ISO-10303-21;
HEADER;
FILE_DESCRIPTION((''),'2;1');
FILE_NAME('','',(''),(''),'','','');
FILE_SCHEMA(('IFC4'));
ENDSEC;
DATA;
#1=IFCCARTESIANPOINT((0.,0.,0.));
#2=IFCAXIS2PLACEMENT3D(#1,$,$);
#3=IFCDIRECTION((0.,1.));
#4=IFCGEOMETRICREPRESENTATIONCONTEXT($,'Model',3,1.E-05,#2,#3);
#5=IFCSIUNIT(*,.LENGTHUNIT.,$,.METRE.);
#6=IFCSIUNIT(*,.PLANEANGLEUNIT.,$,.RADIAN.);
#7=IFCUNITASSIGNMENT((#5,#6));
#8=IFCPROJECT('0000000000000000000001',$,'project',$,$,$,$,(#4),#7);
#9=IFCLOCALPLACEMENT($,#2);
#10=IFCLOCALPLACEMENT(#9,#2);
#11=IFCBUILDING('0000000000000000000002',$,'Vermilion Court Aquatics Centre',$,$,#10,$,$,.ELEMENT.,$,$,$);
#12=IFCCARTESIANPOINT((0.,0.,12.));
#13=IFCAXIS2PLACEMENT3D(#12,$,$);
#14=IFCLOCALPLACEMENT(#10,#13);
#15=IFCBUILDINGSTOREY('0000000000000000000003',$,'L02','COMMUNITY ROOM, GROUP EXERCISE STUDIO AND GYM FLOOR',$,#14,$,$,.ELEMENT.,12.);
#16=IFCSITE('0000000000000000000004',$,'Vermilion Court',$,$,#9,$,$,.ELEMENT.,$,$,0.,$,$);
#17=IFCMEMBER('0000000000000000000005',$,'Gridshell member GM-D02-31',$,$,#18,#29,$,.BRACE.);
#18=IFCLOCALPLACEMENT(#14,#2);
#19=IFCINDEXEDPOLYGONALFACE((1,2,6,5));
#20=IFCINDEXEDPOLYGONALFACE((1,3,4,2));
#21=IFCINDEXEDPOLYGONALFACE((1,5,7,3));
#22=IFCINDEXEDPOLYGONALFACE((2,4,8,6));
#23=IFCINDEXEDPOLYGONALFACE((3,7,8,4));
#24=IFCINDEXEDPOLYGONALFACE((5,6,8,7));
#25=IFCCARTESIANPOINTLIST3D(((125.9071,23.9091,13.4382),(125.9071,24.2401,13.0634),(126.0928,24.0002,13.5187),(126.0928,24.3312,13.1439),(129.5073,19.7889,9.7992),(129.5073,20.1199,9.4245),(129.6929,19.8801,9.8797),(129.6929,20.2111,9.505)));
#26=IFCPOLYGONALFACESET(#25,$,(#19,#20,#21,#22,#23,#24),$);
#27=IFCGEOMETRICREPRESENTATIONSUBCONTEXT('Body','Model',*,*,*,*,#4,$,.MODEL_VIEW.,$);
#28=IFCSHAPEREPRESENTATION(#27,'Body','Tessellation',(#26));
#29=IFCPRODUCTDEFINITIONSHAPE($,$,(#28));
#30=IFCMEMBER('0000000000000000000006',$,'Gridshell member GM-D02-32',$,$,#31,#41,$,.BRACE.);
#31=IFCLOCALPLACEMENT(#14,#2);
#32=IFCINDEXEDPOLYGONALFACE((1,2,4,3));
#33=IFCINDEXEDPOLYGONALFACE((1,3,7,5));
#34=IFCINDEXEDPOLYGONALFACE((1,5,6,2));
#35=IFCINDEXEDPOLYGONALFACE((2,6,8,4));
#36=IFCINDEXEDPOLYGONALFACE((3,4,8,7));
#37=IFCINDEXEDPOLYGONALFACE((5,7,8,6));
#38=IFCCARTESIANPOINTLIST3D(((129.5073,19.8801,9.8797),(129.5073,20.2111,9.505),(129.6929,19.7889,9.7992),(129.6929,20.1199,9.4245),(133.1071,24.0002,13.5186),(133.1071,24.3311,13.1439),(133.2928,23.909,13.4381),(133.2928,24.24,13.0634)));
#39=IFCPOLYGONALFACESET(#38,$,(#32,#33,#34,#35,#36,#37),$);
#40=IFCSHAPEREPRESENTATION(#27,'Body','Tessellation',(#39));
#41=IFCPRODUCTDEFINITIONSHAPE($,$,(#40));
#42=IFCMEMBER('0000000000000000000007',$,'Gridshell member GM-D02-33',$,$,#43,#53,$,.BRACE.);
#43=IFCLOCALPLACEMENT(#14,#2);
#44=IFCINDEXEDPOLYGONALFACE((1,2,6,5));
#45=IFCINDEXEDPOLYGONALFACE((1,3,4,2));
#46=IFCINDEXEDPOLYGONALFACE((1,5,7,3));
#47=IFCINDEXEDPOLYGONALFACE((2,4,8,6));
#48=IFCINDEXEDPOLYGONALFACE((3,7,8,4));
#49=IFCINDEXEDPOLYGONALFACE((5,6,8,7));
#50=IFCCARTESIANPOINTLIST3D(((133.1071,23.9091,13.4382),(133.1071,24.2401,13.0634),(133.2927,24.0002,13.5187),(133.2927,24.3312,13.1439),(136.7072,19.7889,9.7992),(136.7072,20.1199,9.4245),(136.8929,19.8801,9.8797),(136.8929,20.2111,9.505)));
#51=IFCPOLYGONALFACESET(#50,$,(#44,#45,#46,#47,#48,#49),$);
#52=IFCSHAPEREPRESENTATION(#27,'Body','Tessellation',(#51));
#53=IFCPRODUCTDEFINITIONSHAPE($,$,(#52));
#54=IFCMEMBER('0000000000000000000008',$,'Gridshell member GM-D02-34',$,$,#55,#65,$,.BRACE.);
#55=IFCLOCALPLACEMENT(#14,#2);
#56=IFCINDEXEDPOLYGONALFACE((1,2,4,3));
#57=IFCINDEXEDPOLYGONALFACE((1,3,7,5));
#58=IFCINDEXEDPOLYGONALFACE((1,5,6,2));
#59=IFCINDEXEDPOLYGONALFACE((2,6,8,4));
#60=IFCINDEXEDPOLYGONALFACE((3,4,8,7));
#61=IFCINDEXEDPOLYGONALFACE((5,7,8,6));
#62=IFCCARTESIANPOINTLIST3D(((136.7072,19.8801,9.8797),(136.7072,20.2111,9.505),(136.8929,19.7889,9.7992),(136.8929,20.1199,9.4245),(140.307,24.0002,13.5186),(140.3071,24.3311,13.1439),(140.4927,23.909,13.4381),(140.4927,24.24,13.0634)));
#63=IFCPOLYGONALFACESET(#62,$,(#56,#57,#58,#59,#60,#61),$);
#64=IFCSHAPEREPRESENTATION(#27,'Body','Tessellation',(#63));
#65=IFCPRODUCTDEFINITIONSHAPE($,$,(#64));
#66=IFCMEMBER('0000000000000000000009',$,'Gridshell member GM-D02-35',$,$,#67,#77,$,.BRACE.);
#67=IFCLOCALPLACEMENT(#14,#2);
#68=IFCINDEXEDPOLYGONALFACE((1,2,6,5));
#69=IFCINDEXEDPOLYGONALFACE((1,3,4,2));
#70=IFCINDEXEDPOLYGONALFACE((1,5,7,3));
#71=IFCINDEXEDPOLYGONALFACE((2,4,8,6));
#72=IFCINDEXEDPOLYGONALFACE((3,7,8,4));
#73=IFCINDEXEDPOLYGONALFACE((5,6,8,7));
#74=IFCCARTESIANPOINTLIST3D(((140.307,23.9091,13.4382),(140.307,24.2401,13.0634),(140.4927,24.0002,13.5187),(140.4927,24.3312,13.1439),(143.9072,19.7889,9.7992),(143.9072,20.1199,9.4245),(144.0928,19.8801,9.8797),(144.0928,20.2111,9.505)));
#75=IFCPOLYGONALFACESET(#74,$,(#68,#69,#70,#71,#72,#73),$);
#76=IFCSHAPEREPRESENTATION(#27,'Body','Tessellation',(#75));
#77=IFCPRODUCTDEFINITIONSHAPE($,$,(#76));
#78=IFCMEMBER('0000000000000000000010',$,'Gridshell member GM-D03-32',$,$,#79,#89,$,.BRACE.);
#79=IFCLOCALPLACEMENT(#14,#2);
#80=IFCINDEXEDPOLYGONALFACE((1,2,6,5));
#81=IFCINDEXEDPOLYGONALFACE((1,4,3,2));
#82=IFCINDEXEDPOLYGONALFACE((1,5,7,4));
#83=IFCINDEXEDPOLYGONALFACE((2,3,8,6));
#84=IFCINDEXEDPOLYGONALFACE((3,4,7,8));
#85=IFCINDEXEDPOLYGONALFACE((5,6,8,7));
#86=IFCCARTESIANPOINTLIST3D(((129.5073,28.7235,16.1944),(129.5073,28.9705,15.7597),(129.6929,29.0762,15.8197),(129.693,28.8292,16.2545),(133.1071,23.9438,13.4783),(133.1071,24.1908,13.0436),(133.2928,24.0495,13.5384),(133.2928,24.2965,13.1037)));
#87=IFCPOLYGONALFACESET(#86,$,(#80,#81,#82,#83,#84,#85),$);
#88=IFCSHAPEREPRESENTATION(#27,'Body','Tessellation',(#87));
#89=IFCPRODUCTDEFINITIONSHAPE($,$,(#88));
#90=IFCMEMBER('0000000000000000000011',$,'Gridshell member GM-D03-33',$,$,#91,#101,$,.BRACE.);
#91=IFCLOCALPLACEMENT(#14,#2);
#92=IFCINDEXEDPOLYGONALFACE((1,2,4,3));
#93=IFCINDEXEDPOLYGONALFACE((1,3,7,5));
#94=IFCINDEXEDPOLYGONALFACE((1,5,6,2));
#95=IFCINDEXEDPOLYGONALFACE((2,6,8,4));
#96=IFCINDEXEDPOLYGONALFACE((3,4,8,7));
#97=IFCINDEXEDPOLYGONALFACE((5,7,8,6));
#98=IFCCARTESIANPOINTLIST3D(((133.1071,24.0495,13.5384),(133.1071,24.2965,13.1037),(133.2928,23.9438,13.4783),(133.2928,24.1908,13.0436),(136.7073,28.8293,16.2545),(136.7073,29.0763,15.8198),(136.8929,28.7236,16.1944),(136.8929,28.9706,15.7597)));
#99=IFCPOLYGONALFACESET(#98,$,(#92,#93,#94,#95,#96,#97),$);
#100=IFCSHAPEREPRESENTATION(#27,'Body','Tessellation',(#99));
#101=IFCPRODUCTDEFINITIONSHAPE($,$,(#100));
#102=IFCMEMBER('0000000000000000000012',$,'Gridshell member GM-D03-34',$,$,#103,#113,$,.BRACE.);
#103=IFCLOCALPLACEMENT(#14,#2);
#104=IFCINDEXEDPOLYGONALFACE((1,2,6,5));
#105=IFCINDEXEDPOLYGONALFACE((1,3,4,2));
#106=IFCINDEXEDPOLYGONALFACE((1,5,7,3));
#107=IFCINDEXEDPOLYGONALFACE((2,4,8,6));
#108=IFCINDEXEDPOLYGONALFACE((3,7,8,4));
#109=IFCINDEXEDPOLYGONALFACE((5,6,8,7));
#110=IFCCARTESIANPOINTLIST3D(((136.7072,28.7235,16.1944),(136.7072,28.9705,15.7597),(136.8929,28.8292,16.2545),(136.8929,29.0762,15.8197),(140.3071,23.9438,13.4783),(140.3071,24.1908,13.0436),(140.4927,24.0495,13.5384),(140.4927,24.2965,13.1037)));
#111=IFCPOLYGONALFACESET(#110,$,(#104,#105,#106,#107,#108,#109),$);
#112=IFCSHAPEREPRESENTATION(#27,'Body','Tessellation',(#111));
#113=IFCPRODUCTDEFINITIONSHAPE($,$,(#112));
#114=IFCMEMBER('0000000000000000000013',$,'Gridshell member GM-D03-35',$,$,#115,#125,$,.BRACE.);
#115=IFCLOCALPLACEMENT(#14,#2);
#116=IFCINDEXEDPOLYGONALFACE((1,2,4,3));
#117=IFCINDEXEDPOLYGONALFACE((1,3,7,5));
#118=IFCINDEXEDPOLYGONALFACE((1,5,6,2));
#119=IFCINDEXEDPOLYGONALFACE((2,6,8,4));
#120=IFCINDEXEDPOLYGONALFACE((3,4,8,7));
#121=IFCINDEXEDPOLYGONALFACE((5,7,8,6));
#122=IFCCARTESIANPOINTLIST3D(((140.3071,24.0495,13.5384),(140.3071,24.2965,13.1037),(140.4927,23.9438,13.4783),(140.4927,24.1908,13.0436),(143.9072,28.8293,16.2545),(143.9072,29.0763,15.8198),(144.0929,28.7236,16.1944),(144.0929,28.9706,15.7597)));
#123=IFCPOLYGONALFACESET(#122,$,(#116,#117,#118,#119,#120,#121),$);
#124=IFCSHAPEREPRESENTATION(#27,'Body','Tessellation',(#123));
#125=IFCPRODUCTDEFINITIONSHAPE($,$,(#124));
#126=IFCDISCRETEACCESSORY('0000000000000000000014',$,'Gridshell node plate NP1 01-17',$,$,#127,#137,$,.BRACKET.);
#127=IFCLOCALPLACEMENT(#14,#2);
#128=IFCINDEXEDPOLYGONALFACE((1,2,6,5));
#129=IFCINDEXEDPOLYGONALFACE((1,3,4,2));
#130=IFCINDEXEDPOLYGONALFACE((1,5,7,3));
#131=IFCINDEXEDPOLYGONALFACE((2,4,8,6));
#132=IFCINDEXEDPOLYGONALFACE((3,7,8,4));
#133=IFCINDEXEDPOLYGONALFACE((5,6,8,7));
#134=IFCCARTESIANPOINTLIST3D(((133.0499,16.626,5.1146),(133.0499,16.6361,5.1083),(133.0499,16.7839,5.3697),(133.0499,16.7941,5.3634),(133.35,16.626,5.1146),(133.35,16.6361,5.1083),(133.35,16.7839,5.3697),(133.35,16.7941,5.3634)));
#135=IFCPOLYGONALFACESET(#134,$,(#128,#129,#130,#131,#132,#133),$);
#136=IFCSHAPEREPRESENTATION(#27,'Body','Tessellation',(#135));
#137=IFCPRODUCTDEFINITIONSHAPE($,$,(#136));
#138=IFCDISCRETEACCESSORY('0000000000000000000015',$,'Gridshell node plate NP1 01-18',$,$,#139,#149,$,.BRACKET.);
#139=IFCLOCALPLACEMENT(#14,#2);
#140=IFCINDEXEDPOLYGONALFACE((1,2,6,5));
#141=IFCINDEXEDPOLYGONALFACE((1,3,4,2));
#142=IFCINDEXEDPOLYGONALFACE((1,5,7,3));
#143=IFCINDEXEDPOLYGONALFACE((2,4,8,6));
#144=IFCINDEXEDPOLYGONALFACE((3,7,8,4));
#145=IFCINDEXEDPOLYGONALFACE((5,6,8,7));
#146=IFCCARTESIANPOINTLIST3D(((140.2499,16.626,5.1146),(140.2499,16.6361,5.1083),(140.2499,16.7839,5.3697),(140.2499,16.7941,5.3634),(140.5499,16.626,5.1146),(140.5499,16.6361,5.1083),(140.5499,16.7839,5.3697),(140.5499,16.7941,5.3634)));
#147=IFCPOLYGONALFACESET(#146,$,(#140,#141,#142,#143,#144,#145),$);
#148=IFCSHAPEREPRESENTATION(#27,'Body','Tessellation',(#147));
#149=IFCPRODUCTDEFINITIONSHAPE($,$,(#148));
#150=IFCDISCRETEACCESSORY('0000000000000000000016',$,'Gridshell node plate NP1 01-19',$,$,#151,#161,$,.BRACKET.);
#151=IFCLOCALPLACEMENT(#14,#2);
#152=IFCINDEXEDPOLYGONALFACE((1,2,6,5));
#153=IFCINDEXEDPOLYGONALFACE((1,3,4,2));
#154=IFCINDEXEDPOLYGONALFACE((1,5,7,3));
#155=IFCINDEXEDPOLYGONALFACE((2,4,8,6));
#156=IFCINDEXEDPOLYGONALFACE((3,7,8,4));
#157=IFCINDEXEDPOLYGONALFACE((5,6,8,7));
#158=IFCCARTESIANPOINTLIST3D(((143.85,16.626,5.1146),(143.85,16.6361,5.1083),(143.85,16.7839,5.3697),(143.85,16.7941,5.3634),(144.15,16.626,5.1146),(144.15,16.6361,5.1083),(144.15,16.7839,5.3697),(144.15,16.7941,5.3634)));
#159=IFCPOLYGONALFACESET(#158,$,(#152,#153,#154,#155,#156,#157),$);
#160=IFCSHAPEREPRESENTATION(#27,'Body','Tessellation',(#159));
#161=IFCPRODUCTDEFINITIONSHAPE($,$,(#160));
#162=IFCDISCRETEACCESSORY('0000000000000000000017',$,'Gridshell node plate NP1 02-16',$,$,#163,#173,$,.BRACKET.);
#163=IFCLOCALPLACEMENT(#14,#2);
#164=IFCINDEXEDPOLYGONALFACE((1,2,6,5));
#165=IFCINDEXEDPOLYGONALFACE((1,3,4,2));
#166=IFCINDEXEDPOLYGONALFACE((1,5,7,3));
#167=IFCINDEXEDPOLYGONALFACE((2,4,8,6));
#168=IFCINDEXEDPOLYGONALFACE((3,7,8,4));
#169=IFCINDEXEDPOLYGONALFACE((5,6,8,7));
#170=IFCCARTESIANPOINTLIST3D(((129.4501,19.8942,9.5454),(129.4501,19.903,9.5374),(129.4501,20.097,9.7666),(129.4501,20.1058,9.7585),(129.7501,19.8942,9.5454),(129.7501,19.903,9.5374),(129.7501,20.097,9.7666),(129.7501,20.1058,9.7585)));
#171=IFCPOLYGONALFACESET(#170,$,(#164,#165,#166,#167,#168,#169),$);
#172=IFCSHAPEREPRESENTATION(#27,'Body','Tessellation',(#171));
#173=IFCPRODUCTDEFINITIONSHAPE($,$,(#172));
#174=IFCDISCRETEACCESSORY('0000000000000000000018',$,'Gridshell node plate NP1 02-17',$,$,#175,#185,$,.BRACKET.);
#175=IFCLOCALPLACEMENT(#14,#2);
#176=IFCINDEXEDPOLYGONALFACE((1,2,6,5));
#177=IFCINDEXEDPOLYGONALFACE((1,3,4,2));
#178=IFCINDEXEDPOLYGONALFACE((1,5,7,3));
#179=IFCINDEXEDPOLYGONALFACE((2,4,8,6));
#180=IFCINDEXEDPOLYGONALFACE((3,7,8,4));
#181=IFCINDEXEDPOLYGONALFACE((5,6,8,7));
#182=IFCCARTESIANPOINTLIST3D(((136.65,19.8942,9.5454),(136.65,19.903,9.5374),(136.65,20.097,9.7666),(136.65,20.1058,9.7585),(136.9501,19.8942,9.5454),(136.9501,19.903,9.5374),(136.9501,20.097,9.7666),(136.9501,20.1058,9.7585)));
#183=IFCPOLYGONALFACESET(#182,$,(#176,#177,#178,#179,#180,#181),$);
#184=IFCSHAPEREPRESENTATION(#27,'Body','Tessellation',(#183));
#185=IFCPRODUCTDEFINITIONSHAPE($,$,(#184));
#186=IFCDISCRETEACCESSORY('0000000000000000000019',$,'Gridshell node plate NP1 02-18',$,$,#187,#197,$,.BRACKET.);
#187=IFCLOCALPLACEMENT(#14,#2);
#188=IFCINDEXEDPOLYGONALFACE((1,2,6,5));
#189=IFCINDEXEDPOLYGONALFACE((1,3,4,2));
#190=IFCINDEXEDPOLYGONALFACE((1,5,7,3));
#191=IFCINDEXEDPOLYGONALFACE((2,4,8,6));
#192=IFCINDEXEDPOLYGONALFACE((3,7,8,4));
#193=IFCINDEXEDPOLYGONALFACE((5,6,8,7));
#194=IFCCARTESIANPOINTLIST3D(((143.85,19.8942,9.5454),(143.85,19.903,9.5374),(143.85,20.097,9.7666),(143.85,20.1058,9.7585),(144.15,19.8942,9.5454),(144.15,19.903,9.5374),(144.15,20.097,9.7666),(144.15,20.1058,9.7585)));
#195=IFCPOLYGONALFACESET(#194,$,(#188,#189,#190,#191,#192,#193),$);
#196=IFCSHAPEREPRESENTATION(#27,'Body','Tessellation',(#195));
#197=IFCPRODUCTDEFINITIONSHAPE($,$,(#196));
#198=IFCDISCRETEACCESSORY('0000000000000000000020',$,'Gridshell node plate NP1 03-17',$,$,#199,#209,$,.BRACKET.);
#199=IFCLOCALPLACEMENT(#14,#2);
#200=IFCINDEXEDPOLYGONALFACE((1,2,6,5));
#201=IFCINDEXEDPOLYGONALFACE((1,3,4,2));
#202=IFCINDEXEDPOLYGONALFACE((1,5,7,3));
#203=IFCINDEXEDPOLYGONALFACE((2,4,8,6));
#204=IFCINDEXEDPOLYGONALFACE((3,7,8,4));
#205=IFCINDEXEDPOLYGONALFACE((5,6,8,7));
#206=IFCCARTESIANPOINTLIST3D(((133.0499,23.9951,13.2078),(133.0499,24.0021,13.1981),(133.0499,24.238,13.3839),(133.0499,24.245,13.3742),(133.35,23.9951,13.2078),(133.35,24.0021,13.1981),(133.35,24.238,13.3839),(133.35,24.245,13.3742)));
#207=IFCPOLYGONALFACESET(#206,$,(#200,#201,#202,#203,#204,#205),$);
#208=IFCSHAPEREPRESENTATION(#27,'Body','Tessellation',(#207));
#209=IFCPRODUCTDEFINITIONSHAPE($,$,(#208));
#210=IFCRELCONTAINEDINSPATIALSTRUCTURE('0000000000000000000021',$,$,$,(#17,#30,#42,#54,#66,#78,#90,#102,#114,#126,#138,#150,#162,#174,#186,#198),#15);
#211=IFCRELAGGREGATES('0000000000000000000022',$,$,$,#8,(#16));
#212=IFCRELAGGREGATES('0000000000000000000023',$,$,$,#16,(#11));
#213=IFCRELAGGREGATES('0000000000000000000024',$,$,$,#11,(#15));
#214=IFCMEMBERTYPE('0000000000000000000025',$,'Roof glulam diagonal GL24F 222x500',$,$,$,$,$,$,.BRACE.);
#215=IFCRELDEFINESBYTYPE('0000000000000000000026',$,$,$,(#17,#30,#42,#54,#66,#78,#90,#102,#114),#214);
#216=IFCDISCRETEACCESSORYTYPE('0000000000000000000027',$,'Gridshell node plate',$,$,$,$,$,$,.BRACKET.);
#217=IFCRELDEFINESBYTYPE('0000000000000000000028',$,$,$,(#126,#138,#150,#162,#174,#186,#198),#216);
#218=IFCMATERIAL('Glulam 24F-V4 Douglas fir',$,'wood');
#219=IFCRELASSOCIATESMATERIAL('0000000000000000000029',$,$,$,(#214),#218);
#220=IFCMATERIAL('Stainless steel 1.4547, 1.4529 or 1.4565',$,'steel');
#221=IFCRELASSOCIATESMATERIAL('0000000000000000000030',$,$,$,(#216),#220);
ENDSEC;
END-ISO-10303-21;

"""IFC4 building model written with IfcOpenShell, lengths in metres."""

from ifc_helpers import new_model, si_unit, direction, frame, origin, origin_2d, place, context, subcontext, project, spatial, rectangle, extrude, material, material_profile, profile_set, type_object, element, save


model = new_model("IFC4")

# Units and contexts
model_context = context("Model", 3, precision=1e-05, world=origin(), true_north=direction((0.0, 1.0)))
body_context = subcontext(model_context, "Body", "Model", "MODEL_VIEW")
ifc_project = project(units=[si_unit("LENGTHUNIT", "METRE"), si_unit("PLANEANGLEUNIT", "RADIAN")], contexts=[model_context])

# Site, building, storey
site_placement = place(None, origin())
site = spatial("IfcSite", under=ifc_project, at=site_placement, Name="Vermilion Court", CompositionType="ELEMENT", RefElevation=0.0)
building_placement = place(site_placement, origin())
building = spatial("IfcBuilding", under=site, at=building_placement, Name="Vermilion Court Aquatics Centre", CompositionType="ELEMENT")
storey_placement = place(building_placement, frame((0.0, 0.0, 12.0)))
storey = spatial("IfcBuildingStorey", under=building, at=storey_placement, Name="L02", Description="COMMUNITY ROOM, GROUP EXERCISE STUDIO AND GYM FLOOR", CompositionType="ELEMENT", Elevation=12.0)

# Members
ifc_material_1 = material(Name="Glulam 24F-V4 Douglas fir", Category="wood")
ifc_material_profile_1 = material_profile(ifc_material_1, rectangle(XDim=0.2219, YDim=0.5, at=origin_2d()), Name="GL24F 222x500")
ifc_profile_set_1 = profile_set([ifc_material_profile_1], Name="Glulam 24F-V4 Douglas fir")
member_type_1 = type_object("IfcMemberType", Name="Roof glulam diagonal GL24F 222x500", PredefinedType="BRACE", material=ifc_profile_set_1)
member_1_placement = place(storey_placement, frame((129.6001, 20.0, 9.6521), z_axis=(-0.547878, 0.627017, 0.553786), x_axis=(-0.836558, -0.410664, -0.362664)))
element("IfcMember", 1, at=member_1_placement, inside=storey, type_object=member_type_1, Name="Gridshell member GM-D02-31", PredefinedType="BRACE", context=body_context, shape_type="SweptSolid", body=[
    extrude(rectangle(XDim=0.2219, YDim=0.5, at=origin_2d()), origin(), (0.0, 0.0, 1.0), 6.571),
])
member_2_placement = place(storey_placement, frame((129.6001, 20.0, 9.6521), z_axis=(0.547852, 0.62703, 0.553797), x_axis=(-0.836575, 0.410632, 0.362661)))
element("IfcMember", 2, at=member_2_placement, inside=storey, type_object=member_type_1, Name="Gridshell member GM-D02-32", PredefinedType="BRACE", context=body_context, shape_type="SweptSolid", body=[
    extrude(rectangle(XDim=0.2219, YDim=0.5, at=origin_2d()), origin(), (0.0, 0.0, 1.0), 6.5708),
])
member_3_placement = place(storey_placement, frame((136.8, 20.0, 9.6521), z_axis=(-0.547878, 0.627017, 0.553786), x_axis=(-0.836558, -0.410664, -0.362664)))
element("IfcMember", 3, at=member_3_placement, inside=storey, type_object=member_type_1, Name="Gridshell member GM-D02-33", PredefinedType="BRACE", context=body_context, shape_type="SweptSolid", body=[
    extrude(rectangle(XDim=0.2219, YDim=0.5, at=origin_2d()), origin(), (0.0, 0.0, 1.0), 6.571),
])
member_4_placement = place(storey_placement, frame((136.8, 20.0, 9.6521), z_axis=(0.547852, 0.62703, 0.553797), x_axis=(-0.836575, 0.410632, 0.362661)))
element("IfcMember", 4, at=member_4_placement, inside=storey, type_object=member_type_1, Name="Gridshell member GM-D02-34", PredefinedType="BRACE", context=body_context, shape_type="SweptSolid", body=[
    extrude(rectangle(XDim=0.2219, YDim=0.5, at=origin_2d()), origin(), (0.0, 0.0, 1.0), 6.5708),
])
member_5_placement = place(storey_placement, frame((144.0, 20.0, 9.6521), z_axis=(-0.547878, 0.627017, 0.553786), x_axis=(-0.836558, -0.410664, -0.362664)))
element("IfcMember", 5, at=member_5_placement, inside=storey, type_object=member_type_1, Name="Gridshell member GM-D02-35", PredefinedType="BRACE", context=body_context, shape_type="SweptSolid", body=[
    extrude(rectangle(XDim=0.2219, YDim=0.5, at=origin_2d()), origin(), (0.0, 0.0, 1.0), 6.571),
])
member_6_placement = place(storey_placement, frame((133.2, 24.1201, 13.291), z_axis=(-0.547813, 0.72737, 0.413321), x_axis=(-0.836601, -0.476303, -0.270618)))
element("IfcMember", 6, at=member_6_placement, inside=storey, type_object=member_type_1, Name="Gridshell member GM-D03-32", PredefinedType="BRACE", context=body_context, shape_type="SweptSolid", body=[
    extrude(rectangle(XDim=0.2219, YDim=0.5, at=origin_2d()), origin(), (0.0, 0.0, 1.0), 6.5713),
])
member_7_placement = place(storey_placement, frame((133.2, 24.1201, 13.291), z_axis=(0.547839, 0.727355, 0.413312), x_axis=(-0.836584, 0.476332, 0.27062)))
element("IfcMember", 7, at=member_7_placement, inside=storey, type_object=member_type_1, Name="Gridshell member GM-D03-33", PredefinedType="BRACE", context=body_context, shape_type="SweptSolid", body=[
    extrude(rectangle(XDim=0.2219, YDim=0.5, at=origin_2d()), origin(), (0.0, 0.0, 1.0), 6.5715),
])
member_8_placement = place(storey_placement, frame((140.3999, 24.1201, 13.291), z_axis=(-0.547813, 0.72737, 0.413321), x_axis=(-0.836601, -0.476303, -0.270618)))
element("IfcMember", 8, at=member_8_placement, inside=storey, type_object=member_type_1, Name="Gridshell member GM-D03-34", PredefinedType="BRACE", context=body_context, shape_type="SweptSolid", body=[
    extrude(rectangle(XDim=0.2219, YDim=0.5, at=origin_2d()), origin(), (0.0, 0.0, 1.0), 6.5713),
])
member_9_placement = place(storey_placement, frame((140.3999, 24.1201, 13.291), z_axis=(0.547839, 0.727355, 0.413312), x_axis=(-0.836584, 0.476332, 0.27062)))
element("IfcMember", 9, at=member_9_placement, inside=storey, type_object=member_type_1, Name="Gridshell member GM-D03-35", PredefinedType="BRACE", context=body_context, shape_type="SweptSolid", body=[
    extrude(rectangle(XDim=0.2219, YDim=0.5, at=origin_2d()), origin(), (0.0, 0.0, 1.0), 6.5715),
])

# Discrete accessories
ifc_material_2 = material(Name="Stainless steel 1.4547, 1.4529 or 1.4565", Category="steel")
ifc_material_profile_2 = material_profile(ifc_material_2, rectangle(XDim=0.3, YDim=0.3, at=origin_2d()), Name="PL 12 x 300 x 300")
ifc_profile_set_2 = profile_set([ifc_material_profile_2], Name="Stainless steel 1.4547, 1.4529 or 1.4565")
discrete_accessory_type = type_object("IfcDiscreteAccessoryType", Name="Gridshell node plate", PredefinedType="BRACKET", material=ifc_profile_set_2)
for number, where, z_axis, x_axis, name in (
    (10, (133.2, 16.7151, 5.2358), (0.0, -0.850265, 0.526355), (1.0, 0.0, 0.0), "Gridshell node plate NP1 01-17"),
    (11, (140.3999, 16.7151, 5.2358), (0.0, -0.850265, 0.526355), (1.0, 0.0, 0.0), "Gridshell node plate NP1 01-18"),
    (12, (144.0, 16.7151, 5.2358), (0.0, -0.850265, 0.526355), (1.0, 0.0, 0.0), "Gridshell node plate NP1 01-19"),
    (13, (129.6001, 20.0044, 9.6479), (0.0, -0.737154, 0.675725), (1.0, 0.0, 0.0), "Gridshell node plate NP1 02-16"),
    (14, (136.8, 20.0044, 9.6479), (0.0, -0.737154, 0.675725), (1.0, 0.0, 0.0), "Gridshell node plate NP1 02-17"),
    (15, (144.0, 20.0044, 9.6479), (0.0, -0.737154, 0.675725), (1.0, 0.0, 0.0), "Gridshell node plate NP1 02-18"),
    (16, (133.2, 24.1235, 13.2861), (0.0, -0.586968, 0.80961), (1.0, 0.0, 0.0), "Gridshell node plate NP1 03-17"),
):
    element("IfcDiscreteAccessory", number, at=place(storey_placement, frame(where, z_axis=z_axis, x_axis=x_axis)), inside=storey, type_object=discrete_accessory_type, Name=name, PredefinedType="BRACKET", context=body_context, shape_type="SweptSolid", body=[
        extrude(rectangle(XDim=0.3, YDim=0.3, at=origin_2d()), origin(), (0.0, 0.0, 1.0), 0.012),
    ])

save(model, "model.ifc")
